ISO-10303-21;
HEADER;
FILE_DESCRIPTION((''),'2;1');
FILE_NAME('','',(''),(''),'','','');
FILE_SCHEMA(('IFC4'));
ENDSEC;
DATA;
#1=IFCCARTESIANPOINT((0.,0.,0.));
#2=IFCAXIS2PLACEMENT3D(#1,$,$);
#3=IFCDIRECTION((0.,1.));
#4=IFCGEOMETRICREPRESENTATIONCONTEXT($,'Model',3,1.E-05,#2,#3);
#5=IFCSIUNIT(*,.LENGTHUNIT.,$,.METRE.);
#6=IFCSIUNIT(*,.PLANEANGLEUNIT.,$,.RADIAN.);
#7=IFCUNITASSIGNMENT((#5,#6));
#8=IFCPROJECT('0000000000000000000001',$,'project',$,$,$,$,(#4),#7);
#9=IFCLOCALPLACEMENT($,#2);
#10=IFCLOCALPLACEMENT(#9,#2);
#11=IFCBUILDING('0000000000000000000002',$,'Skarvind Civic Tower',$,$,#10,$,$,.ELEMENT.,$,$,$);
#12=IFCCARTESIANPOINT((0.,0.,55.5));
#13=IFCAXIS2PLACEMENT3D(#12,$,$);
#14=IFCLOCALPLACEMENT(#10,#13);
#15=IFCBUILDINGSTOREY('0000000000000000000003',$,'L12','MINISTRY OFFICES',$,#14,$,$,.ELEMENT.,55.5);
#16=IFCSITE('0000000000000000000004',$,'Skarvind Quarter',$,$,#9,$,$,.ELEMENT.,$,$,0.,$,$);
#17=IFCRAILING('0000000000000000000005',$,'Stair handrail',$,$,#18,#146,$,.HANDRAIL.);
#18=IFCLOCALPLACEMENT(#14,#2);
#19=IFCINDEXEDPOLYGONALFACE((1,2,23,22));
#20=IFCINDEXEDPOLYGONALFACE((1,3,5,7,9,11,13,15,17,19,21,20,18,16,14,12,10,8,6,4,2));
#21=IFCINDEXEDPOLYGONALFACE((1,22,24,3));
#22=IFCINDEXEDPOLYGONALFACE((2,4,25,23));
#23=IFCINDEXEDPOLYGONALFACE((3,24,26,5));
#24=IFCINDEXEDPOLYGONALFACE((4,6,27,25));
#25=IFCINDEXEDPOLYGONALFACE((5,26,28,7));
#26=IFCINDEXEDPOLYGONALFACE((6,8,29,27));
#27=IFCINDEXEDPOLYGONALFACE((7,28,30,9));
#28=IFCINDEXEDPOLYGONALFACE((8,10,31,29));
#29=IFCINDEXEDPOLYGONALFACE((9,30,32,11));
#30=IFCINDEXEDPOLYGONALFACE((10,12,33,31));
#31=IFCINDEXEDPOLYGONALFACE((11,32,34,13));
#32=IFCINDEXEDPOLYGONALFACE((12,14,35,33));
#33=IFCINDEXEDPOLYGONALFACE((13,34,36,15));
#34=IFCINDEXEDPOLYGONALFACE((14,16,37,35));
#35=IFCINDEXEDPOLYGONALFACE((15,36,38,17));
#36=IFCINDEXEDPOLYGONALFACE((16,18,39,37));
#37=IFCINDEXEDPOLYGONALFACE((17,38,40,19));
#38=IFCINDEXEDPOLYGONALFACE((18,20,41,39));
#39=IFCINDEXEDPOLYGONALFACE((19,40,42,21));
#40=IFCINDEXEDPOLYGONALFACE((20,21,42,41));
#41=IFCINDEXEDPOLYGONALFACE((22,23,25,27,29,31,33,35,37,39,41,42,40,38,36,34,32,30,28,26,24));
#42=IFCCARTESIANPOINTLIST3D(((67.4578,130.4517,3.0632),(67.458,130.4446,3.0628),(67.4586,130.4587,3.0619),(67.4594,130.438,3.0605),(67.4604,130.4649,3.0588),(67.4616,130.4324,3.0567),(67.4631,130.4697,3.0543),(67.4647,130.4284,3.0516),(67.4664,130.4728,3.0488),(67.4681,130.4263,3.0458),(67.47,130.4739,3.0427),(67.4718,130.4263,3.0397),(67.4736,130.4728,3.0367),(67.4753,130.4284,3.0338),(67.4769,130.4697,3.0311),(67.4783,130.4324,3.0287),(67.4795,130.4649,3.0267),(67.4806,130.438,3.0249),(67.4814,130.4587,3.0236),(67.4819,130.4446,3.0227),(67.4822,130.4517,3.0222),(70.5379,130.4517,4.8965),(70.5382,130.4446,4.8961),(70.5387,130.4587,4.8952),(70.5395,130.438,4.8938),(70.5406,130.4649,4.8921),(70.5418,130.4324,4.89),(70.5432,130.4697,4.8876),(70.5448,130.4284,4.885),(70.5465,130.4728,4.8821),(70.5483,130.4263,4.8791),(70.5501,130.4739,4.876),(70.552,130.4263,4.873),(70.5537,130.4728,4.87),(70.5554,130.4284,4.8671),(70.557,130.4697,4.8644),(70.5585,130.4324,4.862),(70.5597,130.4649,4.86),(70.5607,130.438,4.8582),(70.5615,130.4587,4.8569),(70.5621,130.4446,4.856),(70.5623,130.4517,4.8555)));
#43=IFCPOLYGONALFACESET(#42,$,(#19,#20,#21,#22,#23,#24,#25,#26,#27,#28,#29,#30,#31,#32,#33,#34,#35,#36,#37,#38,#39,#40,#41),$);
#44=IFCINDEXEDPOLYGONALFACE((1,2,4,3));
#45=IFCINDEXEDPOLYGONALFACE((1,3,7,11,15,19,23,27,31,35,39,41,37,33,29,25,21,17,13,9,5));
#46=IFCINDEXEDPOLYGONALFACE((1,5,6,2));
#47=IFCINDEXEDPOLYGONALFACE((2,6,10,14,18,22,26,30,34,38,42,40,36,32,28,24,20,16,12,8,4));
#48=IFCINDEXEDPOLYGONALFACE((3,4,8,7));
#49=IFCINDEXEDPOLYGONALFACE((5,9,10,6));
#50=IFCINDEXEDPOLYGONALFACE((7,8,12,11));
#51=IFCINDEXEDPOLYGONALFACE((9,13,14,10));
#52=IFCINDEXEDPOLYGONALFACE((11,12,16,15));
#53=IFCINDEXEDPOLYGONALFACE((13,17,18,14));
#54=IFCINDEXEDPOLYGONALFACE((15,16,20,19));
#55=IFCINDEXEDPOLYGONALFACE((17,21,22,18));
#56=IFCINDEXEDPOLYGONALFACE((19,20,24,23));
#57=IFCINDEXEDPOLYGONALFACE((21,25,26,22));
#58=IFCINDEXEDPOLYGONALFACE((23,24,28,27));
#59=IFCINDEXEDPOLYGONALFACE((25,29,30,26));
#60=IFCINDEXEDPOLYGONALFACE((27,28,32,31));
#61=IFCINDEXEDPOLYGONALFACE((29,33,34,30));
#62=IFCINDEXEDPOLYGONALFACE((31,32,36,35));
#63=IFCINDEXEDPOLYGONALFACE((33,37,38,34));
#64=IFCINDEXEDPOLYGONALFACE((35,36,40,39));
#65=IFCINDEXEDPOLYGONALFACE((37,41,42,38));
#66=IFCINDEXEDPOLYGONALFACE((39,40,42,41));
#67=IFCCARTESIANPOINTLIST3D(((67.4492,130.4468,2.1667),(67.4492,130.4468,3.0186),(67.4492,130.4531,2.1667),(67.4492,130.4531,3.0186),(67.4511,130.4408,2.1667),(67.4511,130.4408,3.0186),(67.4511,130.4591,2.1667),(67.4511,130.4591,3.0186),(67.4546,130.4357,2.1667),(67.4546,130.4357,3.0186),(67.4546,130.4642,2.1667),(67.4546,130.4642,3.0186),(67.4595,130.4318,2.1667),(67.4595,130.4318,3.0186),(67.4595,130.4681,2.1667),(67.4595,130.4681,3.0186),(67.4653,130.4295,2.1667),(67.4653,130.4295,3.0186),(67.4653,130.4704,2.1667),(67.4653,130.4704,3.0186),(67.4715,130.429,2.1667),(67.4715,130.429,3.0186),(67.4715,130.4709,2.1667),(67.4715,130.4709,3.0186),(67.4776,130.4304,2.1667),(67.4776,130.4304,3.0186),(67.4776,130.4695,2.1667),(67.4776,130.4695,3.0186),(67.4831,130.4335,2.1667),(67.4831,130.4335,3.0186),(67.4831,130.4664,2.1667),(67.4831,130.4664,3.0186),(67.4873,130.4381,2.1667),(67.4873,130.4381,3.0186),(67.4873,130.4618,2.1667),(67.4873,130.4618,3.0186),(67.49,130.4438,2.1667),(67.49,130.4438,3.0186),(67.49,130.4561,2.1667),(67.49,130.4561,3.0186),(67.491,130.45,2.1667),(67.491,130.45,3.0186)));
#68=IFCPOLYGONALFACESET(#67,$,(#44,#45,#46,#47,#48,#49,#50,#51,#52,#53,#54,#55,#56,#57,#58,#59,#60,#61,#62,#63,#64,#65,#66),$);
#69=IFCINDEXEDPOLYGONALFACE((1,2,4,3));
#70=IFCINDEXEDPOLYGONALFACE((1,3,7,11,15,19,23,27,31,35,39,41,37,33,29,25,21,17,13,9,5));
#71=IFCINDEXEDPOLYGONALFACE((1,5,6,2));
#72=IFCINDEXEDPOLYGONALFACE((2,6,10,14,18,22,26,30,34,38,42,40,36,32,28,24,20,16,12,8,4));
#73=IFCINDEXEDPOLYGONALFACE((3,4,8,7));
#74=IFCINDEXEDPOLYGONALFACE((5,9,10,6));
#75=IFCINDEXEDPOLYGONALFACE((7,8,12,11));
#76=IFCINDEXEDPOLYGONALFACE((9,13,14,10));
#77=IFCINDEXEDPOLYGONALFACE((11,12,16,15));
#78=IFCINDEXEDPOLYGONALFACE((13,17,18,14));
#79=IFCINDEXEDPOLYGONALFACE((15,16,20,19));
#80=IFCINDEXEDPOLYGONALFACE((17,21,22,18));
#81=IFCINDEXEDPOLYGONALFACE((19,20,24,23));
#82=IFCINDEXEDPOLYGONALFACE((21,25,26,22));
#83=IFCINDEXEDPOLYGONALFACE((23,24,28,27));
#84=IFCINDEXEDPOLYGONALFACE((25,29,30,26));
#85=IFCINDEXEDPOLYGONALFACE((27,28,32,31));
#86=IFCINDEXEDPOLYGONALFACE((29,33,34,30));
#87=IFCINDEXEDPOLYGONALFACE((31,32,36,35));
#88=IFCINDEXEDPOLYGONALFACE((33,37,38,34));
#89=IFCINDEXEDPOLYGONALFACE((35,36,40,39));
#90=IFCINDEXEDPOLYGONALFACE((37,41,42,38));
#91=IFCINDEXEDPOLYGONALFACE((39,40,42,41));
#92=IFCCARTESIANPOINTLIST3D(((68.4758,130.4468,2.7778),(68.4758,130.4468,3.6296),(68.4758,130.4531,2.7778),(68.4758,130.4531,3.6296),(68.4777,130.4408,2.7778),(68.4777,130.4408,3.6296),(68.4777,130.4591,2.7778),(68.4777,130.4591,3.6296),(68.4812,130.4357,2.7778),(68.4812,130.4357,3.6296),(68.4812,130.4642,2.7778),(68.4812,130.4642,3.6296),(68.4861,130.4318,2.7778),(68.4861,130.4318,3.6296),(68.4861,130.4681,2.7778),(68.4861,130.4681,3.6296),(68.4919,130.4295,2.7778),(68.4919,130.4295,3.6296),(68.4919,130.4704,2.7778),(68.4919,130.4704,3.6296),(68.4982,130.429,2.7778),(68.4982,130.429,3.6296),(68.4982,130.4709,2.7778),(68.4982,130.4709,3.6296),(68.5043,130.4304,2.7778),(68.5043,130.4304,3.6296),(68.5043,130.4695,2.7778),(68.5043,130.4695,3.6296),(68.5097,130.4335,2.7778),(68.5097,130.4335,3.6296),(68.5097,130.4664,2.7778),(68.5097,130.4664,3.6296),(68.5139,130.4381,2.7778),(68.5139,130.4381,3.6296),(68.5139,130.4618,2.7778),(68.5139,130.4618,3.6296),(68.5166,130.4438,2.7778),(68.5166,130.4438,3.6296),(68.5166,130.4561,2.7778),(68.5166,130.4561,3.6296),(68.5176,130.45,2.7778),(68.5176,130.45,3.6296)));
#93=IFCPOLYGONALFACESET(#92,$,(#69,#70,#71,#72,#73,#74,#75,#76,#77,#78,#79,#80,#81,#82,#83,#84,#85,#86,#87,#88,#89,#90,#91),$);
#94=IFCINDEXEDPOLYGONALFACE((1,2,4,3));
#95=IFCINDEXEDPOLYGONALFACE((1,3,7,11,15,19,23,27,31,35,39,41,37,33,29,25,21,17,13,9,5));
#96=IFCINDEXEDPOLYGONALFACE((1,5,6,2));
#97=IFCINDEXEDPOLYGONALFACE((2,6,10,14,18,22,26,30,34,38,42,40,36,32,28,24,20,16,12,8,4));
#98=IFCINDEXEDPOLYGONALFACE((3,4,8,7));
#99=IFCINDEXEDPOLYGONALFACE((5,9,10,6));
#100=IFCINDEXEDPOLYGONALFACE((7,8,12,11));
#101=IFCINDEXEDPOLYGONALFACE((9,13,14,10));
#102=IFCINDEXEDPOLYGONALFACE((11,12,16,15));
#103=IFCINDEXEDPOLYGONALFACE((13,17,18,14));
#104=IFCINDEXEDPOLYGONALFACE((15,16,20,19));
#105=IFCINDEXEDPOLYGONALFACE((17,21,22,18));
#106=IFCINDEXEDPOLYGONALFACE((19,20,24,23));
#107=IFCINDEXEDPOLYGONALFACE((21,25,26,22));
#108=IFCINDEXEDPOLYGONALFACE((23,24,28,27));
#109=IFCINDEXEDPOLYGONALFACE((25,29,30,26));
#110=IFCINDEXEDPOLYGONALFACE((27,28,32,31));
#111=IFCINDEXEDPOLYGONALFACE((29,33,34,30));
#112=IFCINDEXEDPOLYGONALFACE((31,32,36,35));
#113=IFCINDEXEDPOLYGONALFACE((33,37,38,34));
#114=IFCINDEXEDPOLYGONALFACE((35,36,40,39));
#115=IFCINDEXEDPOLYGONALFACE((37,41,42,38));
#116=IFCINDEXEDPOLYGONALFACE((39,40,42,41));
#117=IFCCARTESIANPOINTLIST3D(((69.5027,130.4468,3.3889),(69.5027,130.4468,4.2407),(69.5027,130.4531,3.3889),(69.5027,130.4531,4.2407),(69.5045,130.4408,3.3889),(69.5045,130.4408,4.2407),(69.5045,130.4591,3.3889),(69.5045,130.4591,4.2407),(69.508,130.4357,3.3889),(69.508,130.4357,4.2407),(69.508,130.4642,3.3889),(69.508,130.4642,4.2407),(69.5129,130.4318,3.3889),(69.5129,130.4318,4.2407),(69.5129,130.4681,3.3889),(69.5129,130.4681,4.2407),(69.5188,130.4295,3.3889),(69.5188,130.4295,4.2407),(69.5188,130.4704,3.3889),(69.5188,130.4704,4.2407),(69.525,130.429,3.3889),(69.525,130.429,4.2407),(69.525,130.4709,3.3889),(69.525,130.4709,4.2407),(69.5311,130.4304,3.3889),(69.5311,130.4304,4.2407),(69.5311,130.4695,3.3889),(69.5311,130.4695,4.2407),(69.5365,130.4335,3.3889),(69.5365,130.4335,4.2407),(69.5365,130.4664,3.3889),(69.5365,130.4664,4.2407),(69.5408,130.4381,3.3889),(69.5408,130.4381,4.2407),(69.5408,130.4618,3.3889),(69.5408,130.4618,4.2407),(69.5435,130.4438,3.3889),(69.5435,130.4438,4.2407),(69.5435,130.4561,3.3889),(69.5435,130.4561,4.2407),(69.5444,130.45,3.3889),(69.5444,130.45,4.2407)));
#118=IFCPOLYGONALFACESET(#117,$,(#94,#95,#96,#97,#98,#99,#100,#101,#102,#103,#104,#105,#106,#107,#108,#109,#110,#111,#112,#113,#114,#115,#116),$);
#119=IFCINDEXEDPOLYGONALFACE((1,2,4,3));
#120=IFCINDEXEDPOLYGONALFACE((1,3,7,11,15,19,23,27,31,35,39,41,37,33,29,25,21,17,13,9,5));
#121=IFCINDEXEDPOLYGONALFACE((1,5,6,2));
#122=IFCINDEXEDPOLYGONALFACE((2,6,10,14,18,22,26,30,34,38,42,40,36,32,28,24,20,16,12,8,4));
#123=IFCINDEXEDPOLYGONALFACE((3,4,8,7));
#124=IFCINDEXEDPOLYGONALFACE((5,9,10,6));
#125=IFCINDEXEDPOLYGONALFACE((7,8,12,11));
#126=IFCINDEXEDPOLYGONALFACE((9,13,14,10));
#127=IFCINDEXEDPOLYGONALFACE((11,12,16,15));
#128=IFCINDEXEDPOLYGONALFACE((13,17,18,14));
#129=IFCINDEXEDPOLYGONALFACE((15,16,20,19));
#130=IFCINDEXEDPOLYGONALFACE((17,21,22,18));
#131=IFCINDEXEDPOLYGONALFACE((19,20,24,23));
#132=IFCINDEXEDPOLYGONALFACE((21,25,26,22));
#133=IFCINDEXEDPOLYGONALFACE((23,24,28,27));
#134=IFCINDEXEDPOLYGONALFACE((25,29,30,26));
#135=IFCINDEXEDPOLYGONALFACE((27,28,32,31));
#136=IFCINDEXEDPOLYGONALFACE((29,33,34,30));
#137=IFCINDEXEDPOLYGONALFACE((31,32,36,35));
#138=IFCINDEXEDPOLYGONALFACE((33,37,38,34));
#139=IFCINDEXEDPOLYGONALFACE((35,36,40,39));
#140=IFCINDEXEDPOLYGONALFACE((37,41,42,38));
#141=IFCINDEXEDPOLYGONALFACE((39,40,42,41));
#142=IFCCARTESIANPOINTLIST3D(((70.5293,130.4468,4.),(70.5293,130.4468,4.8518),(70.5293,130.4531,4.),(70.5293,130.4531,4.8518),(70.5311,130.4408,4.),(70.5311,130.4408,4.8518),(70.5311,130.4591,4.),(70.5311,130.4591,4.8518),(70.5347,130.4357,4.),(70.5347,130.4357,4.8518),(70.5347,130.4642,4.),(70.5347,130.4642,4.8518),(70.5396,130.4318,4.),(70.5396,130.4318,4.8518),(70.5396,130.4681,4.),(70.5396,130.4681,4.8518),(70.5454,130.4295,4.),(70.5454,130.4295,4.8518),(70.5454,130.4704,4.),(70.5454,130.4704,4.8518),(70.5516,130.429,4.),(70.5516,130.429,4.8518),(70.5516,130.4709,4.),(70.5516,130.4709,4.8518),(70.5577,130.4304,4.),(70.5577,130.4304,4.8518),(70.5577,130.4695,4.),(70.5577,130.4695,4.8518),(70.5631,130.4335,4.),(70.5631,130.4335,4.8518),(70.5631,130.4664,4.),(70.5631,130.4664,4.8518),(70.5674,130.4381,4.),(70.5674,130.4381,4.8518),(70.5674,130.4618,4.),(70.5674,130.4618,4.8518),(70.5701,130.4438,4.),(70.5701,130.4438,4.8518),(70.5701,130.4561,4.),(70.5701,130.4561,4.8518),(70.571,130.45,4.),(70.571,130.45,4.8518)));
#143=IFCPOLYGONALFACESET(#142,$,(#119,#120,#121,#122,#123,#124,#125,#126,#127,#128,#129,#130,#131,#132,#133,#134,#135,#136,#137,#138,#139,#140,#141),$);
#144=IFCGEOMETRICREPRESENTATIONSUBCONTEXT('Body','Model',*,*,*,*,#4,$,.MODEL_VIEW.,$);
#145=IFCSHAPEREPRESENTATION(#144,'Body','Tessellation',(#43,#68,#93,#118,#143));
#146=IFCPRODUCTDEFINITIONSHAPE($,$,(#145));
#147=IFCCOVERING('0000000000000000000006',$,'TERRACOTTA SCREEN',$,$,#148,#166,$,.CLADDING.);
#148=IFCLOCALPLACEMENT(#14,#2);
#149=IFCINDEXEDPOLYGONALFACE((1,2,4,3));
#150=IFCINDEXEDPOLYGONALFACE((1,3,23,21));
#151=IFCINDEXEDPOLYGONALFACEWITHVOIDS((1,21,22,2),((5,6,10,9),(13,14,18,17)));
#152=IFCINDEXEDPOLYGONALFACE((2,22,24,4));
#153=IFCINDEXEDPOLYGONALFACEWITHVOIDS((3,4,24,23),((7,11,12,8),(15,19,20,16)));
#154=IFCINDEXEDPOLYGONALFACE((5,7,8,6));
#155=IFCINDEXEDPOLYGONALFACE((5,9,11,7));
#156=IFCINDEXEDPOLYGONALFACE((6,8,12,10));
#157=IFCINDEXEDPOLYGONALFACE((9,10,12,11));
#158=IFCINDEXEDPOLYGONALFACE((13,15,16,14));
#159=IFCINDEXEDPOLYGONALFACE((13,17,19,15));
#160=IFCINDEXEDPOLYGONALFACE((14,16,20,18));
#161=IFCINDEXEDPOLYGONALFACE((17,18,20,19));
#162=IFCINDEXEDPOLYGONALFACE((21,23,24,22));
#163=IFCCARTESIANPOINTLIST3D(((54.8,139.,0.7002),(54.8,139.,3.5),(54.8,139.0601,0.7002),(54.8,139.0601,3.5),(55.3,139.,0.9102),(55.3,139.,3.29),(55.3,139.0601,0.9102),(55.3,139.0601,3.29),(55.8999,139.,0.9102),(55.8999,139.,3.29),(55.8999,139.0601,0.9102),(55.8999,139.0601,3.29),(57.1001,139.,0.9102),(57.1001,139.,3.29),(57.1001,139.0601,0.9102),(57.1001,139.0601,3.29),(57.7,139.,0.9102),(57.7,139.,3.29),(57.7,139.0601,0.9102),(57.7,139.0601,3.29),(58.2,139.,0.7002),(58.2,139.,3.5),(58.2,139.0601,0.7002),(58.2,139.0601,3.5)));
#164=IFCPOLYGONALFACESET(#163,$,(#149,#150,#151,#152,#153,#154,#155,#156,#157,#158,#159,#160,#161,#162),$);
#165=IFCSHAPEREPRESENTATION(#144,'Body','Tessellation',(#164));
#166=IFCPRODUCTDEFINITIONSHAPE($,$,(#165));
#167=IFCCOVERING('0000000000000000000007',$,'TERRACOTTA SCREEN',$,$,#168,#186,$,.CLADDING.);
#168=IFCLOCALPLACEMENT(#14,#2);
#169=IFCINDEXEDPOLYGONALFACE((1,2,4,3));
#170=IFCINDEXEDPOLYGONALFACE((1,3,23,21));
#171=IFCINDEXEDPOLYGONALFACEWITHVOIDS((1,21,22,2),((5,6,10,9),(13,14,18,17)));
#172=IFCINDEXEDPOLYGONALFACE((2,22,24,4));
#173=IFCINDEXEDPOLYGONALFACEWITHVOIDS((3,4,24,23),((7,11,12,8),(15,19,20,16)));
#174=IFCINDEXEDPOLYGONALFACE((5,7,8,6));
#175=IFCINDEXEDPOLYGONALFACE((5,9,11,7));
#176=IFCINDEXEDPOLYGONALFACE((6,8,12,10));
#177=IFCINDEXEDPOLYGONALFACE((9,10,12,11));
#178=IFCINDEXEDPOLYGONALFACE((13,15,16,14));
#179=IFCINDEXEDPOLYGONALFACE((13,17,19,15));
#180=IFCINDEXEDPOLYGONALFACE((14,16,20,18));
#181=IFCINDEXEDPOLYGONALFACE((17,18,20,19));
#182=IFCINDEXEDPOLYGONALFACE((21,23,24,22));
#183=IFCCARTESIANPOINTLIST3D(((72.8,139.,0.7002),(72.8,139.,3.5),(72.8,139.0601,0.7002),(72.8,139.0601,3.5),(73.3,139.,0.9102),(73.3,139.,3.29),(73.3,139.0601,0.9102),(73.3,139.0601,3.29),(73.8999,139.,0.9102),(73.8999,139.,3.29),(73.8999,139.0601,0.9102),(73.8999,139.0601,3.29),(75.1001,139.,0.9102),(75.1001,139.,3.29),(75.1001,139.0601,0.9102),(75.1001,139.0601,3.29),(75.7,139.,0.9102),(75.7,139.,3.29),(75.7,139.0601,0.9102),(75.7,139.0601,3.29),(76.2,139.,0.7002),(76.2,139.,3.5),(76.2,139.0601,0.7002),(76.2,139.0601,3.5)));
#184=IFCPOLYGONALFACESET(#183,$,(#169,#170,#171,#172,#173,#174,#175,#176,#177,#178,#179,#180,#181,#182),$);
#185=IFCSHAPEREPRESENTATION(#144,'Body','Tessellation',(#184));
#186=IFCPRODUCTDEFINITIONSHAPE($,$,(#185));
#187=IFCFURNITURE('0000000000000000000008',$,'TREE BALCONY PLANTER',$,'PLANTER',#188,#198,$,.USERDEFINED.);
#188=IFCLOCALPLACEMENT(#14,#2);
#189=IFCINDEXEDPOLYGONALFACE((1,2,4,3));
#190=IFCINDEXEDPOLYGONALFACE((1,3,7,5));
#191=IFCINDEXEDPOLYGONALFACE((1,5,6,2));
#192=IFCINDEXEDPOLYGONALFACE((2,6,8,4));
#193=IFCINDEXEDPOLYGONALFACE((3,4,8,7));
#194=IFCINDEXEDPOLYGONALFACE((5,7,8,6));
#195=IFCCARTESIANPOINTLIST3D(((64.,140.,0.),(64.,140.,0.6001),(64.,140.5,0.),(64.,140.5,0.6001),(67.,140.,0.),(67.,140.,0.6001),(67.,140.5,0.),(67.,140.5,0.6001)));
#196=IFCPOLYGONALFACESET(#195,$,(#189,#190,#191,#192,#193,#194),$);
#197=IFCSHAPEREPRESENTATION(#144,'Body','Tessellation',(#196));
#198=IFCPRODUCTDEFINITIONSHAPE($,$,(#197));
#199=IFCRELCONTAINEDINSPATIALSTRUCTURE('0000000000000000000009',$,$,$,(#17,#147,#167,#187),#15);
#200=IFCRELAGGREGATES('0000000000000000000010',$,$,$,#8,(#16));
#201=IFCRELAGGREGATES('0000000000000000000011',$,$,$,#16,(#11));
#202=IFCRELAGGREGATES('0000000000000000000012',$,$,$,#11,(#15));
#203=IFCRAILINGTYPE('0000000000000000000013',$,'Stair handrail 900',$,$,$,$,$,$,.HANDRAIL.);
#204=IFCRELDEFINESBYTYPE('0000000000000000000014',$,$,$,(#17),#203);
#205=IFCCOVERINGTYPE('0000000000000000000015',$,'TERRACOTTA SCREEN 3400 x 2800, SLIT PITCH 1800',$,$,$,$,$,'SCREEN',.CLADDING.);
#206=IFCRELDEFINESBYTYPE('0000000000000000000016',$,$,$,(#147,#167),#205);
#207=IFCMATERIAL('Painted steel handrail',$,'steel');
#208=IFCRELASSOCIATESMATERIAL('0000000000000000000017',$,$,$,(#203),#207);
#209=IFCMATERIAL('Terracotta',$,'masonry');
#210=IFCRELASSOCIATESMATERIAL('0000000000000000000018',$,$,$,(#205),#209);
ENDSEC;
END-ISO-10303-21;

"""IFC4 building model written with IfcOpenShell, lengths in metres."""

from ifc_helpers import new_model, si_unit, direction, frame, origin, origin_2d, place, context, subcontext, project, spatial, polyline, rectangle, circle, outline, extrude, material, material_profile, profile_set, type_object, element, save


model = new_model("IFC4")

# Units and contexts
model_context = context("Model", 3, precision=1e-05, world=origin(), true_north=direction((0.0, 1.0)))
body_context = subcontext(model_context, "Body", "Model", "MODEL_VIEW")
ifc_project = project(units=[si_unit("LENGTHUNIT", "METRE"), si_unit("PLANEANGLEUNIT", "RADIAN")], contexts=[model_context])

# Site, building, storey
site_placement = place(None, origin())
site = spatial("IfcSite", under=ifc_project, at=site_placement, Name="Skarvind Quarter", CompositionType="ELEMENT", RefElevation=0.0)
building_placement = place(site_placement, origin())
building = spatial("IfcBuilding", under=site, at=building_placement, Name="Skarvind Civic Tower", CompositionType="ELEMENT")
storey_placement = place(building_placement, frame((0.0, 0.0, 55.5)))
storey = spatial("IfcBuildingStorey", under=building, at=storey_placement, Name="L12", Description="MINISTRY OFFICES", CompositionType="ELEMENT", Elevation=55.5)

# Railing
ifc_material_1 = material(Name="Painted steel handrail", Category="steel")
railing_type_1 = type_object("IfcRailingType", Name="Stair handrail 900", PredefinedType="HANDRAIL", material=ifc_material_1)
railing_1_placement = place(storey_placement, frame((67.47, 130.45, 2.1667)))
element("IfcRailing", 1, at=railing_1_placement, inside=storey, type_object=railing_type_1, Name="Stair handrail", PredefinedType="HANDRAIL", context=body_context, shape_type="SweptSolid", body=[
    extrude(circle(Radius=0.0239, at=origin_2d()), frame((0.0, 0.0, 0.876), z_axis=(0.859309, 0.0, 0.511458), x_axis=(0.0, 1.0, 0.0)), (0.0, 0.0, 1.0), 3.5845),
    extrude(circle(Radius=0.021, at=origin_2d()), origin(), (0.0, 0.0, 1.0), 0.8518),
    extrude(circle(Radius=0.021, at=origin_2d()), frame((1.0266, 0.0, 0.6111)), (0.0, 0.0, 1.0), 0.8518),
    extrude(circle(Radius=0.021, at=origin_2d()), frame((2.0535, 0.0, 1.2222)), (0.0, 0.0, 1.0), 0.8518),
    extrude(circle(Radius=0.021, at=origin_2d()), frame((3.0801, 0.0, 1.8333)), (0.0, 0.0, 1.0), 0.8518),
])

# Coverings
ifc_material_2 = material(Name="Terracotta", Category="masonry")
ifc_material_profile_1 = material_profile(ifc_material_2, outline(polyline([(-1.7, -1.3999), (1.7, -1.3999), (1.7, 1.3999), (-1.7, 1.3999), (-1.7, -1.3999)]), holes=[polyline([(-1.2, -1.1899), (-0.6001, -1.1899), (-0.6001, 1.1899), (-1.2, 1.1899), (-1.2, -1.1899)]), polyline([(0.6001, -1.1899), (1.2, -1.1899), (1.2, 1.1899), (0.6001, 1.1899), (0.6001, -1.1899)])]), Name="TERRACOTTA SCREEN 3400 x 2800, SLIT PITCH 1800")
ifc_profile_set_1 = profile_set([ifc_material_profile_1], Name="Terracotta")
covering_type = type_object("IfcCoveringType", Name="TERRACOTTA SCREEN 3400 x 2800, SLIT PITCH 1800", ElementType="SCREEN", PredefinedType="CLADDING", material=ifc_profile_set_1)
for number, where, z_axis, x_axis, name in (
    (2, (56.5, 139.0, 2.1001), (0.0, 1.0, 0.0), (-1.0, 0.0, 0.0), "TERRACOTTA SCREEN"),
    (3, (74.5, 139.0, 2.1001), (0.0, 1.0, 0.0), (-1.0, 0.0, 0.0), "TERRACOTTA SCREEN"),
):
    element("IfcCovering", number, at=place(storey_placement, frame(where, z_axis=z_axis, x_axis=x_axis)), inside=storey, type_object=covering_type, Name=name, PredefinedType="CLADDING", context=body_context, shape_type="SweptSolid", body=[
        extrude(outline(polyline([(-1.7, -1.3999), (1.7, -1.3999), (1.7, 1.3999), (-1.7, 1.3999), (-1.7, -1.3999)]), holes=[polyline([(-1.2, -1.1899), (-0.6001, -1.1899), (-0.6001, 1.1899), (-1.2, 1.1899), (-1.2, -1.1899)]), polyline([(0.6001, -1.1899), (1.2, -1.1899), (1.2, 1.1899), (0.6001, 1.1899), (0.6001, -1.1899)])]), origin(), (0.0, 0.0, 1.0), 0.0601),
    ])

# Furniture
furniture_placement = place(storey_placement, frame((65.5, 140.25, 0.0), z_axis=(0.0, 0.0, 1.0), x_axis=(1.0, 0.0, 0.0)))
element("IfcFurniture", 4, at=furniture_placement, inside=storey, Name="TREE BALCONY PLANTER", ObjectType="PLANTER", PredefinedType="USERDEFINED", context=body_context, shape_type="SweptSolid", body=[
    extrude(rectangle(XDim=3.0, YDim=0.5, at=origin_2d()), origin(), (0.0, 0.0, 1.0), 0.6001),
])

save(model, "model.ifc")
